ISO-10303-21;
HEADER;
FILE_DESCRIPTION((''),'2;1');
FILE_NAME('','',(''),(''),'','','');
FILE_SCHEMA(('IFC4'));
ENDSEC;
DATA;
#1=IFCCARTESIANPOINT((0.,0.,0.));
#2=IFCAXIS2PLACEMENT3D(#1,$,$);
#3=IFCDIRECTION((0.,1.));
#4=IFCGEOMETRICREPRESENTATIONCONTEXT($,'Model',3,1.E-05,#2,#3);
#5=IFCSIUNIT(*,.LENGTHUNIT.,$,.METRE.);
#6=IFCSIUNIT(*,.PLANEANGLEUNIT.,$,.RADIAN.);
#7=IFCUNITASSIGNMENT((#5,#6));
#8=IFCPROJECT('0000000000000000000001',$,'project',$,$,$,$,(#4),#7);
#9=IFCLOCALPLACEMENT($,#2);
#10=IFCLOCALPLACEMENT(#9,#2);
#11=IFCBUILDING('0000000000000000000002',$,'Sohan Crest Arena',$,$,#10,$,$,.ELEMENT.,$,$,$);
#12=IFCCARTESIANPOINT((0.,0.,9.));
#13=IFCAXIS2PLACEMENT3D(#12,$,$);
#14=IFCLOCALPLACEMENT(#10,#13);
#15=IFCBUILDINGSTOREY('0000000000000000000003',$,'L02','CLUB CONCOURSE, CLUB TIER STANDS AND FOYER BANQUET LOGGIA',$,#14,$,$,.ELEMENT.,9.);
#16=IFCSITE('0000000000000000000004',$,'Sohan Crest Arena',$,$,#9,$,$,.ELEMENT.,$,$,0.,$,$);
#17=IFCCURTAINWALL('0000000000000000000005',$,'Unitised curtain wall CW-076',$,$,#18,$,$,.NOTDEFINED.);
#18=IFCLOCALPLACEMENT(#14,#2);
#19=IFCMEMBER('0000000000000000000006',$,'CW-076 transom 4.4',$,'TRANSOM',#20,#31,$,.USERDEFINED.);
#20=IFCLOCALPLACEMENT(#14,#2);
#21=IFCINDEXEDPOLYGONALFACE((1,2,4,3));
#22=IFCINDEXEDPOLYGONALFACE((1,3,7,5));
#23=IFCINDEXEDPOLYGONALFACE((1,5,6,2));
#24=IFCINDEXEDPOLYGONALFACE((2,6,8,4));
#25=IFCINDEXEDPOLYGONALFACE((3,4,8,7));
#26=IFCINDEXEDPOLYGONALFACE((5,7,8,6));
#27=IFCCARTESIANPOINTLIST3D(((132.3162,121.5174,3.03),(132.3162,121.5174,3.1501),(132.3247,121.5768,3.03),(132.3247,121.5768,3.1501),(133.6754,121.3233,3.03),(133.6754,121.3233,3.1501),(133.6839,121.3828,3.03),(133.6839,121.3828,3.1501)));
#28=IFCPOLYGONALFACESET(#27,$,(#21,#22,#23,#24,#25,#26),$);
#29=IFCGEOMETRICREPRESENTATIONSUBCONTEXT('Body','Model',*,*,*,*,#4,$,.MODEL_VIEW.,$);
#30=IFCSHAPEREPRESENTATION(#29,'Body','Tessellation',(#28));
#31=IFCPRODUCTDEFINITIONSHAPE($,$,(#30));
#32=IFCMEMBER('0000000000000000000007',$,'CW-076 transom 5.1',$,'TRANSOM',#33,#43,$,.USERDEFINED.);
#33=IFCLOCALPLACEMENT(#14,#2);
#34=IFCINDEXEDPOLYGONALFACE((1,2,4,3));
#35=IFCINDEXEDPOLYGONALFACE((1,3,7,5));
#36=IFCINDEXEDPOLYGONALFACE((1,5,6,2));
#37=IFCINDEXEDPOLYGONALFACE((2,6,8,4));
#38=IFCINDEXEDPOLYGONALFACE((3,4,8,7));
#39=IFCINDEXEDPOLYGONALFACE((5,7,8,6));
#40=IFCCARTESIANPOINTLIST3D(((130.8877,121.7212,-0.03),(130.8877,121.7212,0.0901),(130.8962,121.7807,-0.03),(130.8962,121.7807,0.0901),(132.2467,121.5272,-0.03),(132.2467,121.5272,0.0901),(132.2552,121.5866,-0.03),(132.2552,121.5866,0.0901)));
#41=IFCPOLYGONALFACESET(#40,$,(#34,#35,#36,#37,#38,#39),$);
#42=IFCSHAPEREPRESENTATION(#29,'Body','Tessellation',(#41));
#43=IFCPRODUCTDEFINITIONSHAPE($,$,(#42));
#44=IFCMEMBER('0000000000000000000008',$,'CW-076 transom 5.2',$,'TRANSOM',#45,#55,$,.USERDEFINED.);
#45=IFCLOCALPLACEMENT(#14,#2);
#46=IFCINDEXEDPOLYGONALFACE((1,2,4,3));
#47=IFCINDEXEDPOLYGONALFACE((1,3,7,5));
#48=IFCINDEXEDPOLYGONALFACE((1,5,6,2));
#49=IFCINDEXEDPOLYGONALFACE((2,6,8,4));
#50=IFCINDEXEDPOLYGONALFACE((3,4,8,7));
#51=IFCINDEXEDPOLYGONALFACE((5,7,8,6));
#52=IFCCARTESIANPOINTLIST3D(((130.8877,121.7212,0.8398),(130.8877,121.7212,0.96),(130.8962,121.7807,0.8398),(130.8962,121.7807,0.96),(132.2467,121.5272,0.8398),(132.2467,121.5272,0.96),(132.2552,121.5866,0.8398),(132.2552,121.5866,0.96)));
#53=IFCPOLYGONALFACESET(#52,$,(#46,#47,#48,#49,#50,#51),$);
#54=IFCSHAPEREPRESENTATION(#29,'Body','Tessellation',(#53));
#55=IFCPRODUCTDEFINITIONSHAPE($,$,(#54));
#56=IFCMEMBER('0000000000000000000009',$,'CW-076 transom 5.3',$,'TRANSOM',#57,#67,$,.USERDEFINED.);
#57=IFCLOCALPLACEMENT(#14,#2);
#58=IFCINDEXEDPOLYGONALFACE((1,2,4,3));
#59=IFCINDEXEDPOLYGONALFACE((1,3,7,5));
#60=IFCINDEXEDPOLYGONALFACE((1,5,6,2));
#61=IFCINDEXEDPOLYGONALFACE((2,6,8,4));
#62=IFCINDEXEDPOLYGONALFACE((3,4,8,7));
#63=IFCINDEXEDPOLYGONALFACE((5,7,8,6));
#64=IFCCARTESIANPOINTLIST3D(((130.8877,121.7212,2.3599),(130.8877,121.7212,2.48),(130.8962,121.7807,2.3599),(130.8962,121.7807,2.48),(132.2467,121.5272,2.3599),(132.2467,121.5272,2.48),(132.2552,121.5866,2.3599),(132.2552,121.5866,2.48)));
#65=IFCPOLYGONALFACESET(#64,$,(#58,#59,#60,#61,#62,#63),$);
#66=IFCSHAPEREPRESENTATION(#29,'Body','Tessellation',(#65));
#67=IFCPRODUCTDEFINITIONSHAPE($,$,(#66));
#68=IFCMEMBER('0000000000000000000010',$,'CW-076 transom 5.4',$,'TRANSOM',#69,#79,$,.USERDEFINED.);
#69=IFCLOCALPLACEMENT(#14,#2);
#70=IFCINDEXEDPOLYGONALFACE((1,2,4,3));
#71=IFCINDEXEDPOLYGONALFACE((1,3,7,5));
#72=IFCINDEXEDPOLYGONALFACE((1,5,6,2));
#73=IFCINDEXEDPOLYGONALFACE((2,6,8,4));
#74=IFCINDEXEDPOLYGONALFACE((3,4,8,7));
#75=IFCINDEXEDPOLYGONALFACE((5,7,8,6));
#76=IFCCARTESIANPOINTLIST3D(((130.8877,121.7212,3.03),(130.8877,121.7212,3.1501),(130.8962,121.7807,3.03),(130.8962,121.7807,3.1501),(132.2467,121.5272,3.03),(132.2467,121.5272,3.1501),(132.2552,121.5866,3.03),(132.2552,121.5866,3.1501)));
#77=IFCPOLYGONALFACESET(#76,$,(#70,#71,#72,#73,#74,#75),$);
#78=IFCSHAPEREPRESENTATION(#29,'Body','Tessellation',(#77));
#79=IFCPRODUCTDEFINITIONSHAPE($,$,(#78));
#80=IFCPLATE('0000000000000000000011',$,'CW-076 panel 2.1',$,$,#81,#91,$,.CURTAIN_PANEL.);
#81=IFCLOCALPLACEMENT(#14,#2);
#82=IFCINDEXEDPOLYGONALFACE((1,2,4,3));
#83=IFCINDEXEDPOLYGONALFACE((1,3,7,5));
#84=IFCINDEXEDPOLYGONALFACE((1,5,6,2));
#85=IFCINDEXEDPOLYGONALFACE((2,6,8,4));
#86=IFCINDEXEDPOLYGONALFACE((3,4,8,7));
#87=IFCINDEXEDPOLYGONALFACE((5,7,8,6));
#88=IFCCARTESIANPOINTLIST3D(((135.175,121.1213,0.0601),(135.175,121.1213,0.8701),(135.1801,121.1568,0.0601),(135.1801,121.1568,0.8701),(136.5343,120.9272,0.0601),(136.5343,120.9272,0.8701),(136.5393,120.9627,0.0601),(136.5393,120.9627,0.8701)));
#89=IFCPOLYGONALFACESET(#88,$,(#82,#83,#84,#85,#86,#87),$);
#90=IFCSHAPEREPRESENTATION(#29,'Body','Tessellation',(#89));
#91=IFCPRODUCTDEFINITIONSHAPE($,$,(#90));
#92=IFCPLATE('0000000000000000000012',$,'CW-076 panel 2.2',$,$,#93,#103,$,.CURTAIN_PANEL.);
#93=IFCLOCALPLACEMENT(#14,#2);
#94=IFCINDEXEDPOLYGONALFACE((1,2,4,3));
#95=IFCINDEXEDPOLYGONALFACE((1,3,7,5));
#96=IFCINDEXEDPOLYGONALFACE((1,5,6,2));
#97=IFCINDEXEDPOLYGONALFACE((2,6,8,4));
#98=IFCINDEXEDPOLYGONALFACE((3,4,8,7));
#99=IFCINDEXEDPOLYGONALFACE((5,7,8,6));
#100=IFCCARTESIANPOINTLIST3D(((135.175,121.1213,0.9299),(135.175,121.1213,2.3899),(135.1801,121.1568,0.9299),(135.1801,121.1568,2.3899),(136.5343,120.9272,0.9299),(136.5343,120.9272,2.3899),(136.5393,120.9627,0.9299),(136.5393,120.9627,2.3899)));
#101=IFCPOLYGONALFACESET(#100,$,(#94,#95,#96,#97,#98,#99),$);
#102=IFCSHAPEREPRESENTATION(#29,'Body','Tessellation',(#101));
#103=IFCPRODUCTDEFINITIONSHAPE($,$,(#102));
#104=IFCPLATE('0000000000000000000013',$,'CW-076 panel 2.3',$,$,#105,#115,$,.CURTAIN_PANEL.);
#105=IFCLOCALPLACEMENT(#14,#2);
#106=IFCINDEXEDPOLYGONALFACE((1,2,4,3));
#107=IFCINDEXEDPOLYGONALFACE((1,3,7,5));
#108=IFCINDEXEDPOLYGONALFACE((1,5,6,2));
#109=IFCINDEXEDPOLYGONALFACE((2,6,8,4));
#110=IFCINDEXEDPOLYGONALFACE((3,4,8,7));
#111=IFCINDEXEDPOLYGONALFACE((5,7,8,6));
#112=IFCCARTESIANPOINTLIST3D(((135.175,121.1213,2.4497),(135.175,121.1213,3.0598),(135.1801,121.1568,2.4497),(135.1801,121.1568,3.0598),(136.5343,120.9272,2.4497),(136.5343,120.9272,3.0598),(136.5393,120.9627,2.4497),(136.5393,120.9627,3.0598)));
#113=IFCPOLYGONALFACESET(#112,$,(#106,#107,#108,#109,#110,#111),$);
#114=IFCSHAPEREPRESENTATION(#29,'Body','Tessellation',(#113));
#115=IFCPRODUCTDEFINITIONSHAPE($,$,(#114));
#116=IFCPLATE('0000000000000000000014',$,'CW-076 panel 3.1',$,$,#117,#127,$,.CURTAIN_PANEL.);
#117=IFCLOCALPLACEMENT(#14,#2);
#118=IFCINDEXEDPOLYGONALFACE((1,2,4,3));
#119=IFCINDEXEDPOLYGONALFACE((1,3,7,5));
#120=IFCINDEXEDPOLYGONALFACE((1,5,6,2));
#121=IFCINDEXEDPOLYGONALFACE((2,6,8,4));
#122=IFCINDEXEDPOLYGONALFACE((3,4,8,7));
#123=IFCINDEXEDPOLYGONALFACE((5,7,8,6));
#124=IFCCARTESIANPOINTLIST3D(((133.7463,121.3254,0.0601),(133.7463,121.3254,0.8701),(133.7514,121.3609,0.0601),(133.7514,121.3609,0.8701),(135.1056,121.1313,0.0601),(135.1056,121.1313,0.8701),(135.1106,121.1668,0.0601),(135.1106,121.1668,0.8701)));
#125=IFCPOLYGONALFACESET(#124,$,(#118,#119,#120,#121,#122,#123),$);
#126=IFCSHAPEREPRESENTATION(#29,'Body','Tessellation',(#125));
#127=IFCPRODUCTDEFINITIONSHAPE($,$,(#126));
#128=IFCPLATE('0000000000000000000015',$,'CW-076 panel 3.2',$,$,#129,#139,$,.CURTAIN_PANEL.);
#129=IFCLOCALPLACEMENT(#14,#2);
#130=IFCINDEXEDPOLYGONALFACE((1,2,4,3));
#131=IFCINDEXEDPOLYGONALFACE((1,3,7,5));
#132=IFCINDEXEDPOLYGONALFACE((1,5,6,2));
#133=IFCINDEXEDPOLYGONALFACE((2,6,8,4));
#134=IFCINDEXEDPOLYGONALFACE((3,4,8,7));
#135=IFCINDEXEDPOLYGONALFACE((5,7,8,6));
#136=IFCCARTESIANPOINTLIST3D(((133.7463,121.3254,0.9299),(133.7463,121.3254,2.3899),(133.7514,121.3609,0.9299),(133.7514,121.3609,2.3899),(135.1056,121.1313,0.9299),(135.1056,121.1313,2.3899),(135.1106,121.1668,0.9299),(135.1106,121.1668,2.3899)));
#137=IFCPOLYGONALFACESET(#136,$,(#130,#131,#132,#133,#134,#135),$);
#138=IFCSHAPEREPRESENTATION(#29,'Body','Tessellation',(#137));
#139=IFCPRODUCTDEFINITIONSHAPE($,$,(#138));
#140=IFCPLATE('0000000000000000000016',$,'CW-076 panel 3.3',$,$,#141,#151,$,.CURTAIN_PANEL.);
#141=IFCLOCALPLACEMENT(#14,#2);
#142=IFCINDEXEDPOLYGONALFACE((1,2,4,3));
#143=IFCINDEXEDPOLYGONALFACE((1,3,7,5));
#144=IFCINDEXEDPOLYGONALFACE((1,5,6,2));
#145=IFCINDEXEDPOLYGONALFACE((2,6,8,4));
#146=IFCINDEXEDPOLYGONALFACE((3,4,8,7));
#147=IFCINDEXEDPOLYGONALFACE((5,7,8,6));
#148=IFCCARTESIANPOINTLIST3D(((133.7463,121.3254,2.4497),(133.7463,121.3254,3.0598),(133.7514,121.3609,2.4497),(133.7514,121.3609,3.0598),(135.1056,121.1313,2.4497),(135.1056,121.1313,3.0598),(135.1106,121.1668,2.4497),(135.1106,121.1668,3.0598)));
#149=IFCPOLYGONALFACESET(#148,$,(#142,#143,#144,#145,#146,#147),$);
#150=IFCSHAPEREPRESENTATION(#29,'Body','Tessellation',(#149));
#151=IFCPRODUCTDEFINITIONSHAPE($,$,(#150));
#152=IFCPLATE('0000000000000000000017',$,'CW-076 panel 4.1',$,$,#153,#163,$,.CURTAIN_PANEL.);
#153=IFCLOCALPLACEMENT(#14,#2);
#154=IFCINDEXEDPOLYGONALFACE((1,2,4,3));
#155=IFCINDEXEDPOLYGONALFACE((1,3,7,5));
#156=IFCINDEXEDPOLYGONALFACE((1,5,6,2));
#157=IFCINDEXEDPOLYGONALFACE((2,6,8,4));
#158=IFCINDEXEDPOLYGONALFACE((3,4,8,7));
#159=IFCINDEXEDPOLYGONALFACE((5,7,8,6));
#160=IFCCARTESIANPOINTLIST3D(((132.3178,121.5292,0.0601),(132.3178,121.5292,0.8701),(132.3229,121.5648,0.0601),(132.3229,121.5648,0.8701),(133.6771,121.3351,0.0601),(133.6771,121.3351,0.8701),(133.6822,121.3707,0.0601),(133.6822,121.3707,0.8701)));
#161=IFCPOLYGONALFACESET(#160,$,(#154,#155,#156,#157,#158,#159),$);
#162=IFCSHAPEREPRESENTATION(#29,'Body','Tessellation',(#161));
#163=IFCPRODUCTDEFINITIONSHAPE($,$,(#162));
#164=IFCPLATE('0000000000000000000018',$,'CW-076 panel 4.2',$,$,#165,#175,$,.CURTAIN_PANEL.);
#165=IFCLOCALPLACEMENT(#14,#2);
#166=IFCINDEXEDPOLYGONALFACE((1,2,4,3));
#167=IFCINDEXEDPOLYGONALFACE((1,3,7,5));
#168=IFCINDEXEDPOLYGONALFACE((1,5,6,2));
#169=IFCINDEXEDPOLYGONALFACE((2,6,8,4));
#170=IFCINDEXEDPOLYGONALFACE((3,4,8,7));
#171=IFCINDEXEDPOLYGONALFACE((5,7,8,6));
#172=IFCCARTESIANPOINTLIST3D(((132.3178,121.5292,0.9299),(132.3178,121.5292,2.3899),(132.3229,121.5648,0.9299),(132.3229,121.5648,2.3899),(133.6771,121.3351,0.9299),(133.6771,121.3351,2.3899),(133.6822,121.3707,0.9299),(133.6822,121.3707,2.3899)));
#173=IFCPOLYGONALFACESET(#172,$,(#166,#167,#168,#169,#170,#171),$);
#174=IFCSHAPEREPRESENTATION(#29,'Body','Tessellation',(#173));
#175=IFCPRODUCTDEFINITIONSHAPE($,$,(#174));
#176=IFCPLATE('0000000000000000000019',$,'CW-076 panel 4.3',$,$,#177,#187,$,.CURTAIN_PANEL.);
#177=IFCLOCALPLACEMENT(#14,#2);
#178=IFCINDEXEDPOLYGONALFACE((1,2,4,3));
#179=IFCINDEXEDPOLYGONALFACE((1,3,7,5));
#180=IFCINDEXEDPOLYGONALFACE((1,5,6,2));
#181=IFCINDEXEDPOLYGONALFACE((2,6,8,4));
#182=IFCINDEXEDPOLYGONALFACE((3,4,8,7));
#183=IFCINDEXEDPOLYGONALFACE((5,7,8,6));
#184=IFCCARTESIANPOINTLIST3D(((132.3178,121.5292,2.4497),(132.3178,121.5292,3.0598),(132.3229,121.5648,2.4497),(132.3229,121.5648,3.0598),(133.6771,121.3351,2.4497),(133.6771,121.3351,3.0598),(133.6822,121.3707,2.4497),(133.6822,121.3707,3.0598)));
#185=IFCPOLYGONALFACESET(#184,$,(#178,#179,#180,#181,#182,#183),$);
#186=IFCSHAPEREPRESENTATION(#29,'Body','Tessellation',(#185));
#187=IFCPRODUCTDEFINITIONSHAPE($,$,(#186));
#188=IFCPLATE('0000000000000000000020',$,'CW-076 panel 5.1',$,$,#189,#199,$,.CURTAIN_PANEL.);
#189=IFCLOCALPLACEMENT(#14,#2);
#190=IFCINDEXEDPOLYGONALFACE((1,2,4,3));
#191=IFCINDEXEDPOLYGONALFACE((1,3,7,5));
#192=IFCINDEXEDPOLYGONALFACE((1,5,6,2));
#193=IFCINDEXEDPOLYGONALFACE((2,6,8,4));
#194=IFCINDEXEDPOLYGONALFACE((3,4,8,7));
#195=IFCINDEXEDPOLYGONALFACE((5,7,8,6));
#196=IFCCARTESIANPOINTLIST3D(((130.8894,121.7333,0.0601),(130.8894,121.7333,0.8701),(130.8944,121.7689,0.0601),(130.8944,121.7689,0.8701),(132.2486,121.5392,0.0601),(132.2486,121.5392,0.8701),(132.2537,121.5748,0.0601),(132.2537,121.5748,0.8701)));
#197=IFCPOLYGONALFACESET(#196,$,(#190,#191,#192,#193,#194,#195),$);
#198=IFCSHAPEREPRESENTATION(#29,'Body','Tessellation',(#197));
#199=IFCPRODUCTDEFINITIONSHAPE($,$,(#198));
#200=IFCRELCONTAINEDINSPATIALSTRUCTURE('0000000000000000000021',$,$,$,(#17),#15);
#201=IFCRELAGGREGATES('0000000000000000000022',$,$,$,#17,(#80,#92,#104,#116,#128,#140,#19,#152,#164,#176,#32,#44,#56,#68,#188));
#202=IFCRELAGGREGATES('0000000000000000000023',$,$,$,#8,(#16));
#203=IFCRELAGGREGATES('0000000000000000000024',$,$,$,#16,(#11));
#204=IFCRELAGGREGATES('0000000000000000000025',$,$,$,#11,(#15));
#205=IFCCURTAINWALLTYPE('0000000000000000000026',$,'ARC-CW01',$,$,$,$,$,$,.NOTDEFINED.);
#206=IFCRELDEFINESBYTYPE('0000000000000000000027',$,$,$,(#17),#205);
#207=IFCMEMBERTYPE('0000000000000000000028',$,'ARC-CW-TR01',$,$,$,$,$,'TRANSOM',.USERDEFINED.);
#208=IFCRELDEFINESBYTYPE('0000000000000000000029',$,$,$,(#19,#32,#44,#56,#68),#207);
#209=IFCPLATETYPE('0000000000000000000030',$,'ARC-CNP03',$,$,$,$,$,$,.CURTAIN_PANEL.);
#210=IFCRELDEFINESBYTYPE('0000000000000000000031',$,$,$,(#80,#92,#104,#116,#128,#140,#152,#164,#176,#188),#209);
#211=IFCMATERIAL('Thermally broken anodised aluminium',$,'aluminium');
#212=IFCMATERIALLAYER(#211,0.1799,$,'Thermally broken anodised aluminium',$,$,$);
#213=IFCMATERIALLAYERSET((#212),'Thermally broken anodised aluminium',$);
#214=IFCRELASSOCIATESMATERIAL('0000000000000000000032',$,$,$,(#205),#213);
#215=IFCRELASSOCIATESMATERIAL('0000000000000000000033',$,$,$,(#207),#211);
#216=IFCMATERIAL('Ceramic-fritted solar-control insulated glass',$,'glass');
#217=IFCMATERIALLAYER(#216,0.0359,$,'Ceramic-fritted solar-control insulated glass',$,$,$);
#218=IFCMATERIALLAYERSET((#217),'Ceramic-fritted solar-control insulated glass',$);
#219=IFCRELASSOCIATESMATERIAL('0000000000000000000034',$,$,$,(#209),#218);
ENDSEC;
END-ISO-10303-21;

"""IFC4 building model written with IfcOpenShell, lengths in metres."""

from ifc_helpers import new_model, si_unit, direction, frame, origin, origin_2d, place, context, subcontext, project, spatial, rectangle, extrude, material, layer, layer_set, material_profile, profile_set, type_object, element, aggregate, save


model = new_model("IFC4")

# Units and contexts
model_context = context("Model", 3, precision=1e-05, world=origin(), true_north=direction((0.0, 1.0)))
body_context = subcontext(model_context, "Body", "Model", "MODEL_VIEW")
ifc_project = project(units=[si_unit("LENGTHUNIT", "METRE"), si_unit("PLANEANGLEUNIT", "RADIAN")], contexts=[model_context])

# Site, building, storey
site_placement = place(None, origin())
site = spatial("IfcSite", under=ifc_project, at=site_placement, Name="Sohan Crest Arena", CompositionType="ELEMENT", RefElevation=0.0)
building_placement = place(site_placement, origin())
building = spatial("IfcBuilding", under=site, at=building_placement, Name="Sohan Crest Arena", CompositionType="ELEMENT")
storey_placement = place(building_placement, frame((0.0, 0.0, 9.0)))
storey = spatial("IfcBuildingStorey", under=building, at=storey_placement, Name="L02", Description="CLUB CONCOURSE, CLUB TIER STANDS AND FOYER BANQUET LOGGIA", CompositionType="ELEMENT", Elevation=9.0)

# Curtain wall, members, plates
ifc_material_1 = material(Name="Thermally broken anodised aluminium", Category="aluminium")
ifc_layer_1 = layer(ifc_material_1, 0.1799, Name="Thermally broken anodised aluminium")
ifc_layer_set_1 = layer_set([ifc_layer_1], Name="Thermally broken anodised aluminium")
curtain_wall_type = type_object("IfcCurtainWallType", Name="ARC-CW01", PredefinedType="NOTDEFINED", material=ifc_layer_set_1)
curtain_wall_placement = place(storey_placement, origin())
curtain_wall = element("IfcCurtainWall", 1, at=curtain_wall_placement, inside=storey, type_object=curtain_wall_type, Name="Unitised curtain wall CW-076", PredefinedType="NOTDEFINED")
ifc_material_profile_1 = material_profile(ifc_material_1, rectangle(XDim=0.0601, YDim=0.1201, at=origin_2d()), Name="ALU-TRAN 60x120")
ifc_profile_set_1 = profile_set([ifc_material_profile_1], Name="Thermally broken anodised aluminium")
member_type_1 = type_object("IfcMemberType", Name="ARC-CW-TR01", ElementType="TRANSOM", PredefinedType="USERDEFINED", material=ifc_profile_set_1)
member_1_placement = place(storey_placement, frame((133.6797, 121.353, 3.0901), z_axis=(-0.98996, 0.141347, 0.0), x_axis=(-0.141347, -0.98996, 0.0)))
member_1 = element("IfcMember", 2, at=member_1_placement, type_object=member_type_1, Name="CW-076 transom 4.4", ObjectType="TRANSOM", PredefinedType="USERDEFINED", context=body_context, shape_type="SweptSolid", body=[
    extrude(rectangle(XDim=0.0601, YDim=0.1201, at=origin_2d()), origin(), (0.0, 0.0, 1.0), 1.373),
])
member_2_placement = place(storey_placement, frame((132.251, 121.5569, 0.03), z_axis=(-0.989957, 0.141372, 0.0), x_axis=(-0.141372, -0.989957, 0.0)))
member_2 = element("IfcMember", 3, at=member_2_placement, type_object=member_type_1, Name="CW-076 transom 5.1", ObjectType="TRANSOM", PredefinedType="USERDEFINED", context=body_context, shape_type="SweptSolid", body=[
    extrude(rectangle(XDim=0.0601, YDim=0.1201, at=origin_2d()), origin(), (0.0, 0.0, 1.0), 1.3728),
])
member_3_placement = place(storey_placement, frame((132.251, 121.5569, 0.8999), z_axis=(-0.989957, 0.141372, 0.0), x_axis=(-0.141372, -0.989957, 0.0)))
member_3 = element("IfcMember", 4, at=member_3_placement, type_object=member_type_1, Name="CW-076 transom 5.2", ObjectType="TRANSOM", PredefinedType="USERDEFINED", context=body_context, shape_type="SweptSolid", body=[
    extrude(rectangle(XDim=0.0601, YDim=0.1201, at=origin_2d()), origin(), (0.0, 0.0, 1.0), 1.3728),
])
member_4_placement = place(storey_placement, frame((132.251, 121.5569, 2.4199), z_axis=(-0.989957, 0.141372, 0.0), x_axis=(-0.141372, -0.989957, 0.0)))
member_4 = element("IfcMember", 5, at=member_4_placement, type_object=member_type_1, Name="CW-076 transom 5.3", ObjectType="TRANSOM", PredefinedType="USERDEFINED", context=body_context, shape_type="SweptSolid", body=[
    extrude(rectangle(XDim=0.0601, YDim=0.1201, at=origin_2d()), origin(), (0.0, 0.0, 1.0), 1.3728),
])
member_5_placement = place(storey_placement, frame((132.251, 121.5569, 3.0901), z_axis=(-0.989957, 0.141372, 0.0), x_axis=(-0.141372, -0.989957, 0.0)))
member_5 = element("IfcMember", 6, at=member_5_placement, type_object=member_type_1, Name="CW-076 transom 5.4", ObjectType="TRANSOM", PredefinedType="USERDEFINED", context=body_context, shape_type="SweptSolid", body=[
    extrude(rectangle(XDim=0.0601, YDim=0.1201, at=origin_2d()), origin(), (0.0, 0.0, 1.0), 1.3728),
])
ifc_material_2 = material(Name="Ceramic-fritted solar-control insulated glass", Category="glass")
ifc_layer_2 = layer(ifc_material_2, 0.0359, Name="Ceramic-fritted solar-control insulated glass")
ifc_layer_set_2 = layer_set([ifc_layer_2], Name="Ceramic-fritted solar-control insulated glass")
plate_type = type_object("IfcPlateType", Name="ARC-CNP03", PredefinedType="CURTAIN_PANEL", material=ifc_layer_set_2)
plate_1_placement = place(storey_placement, frame((135.8572, 121.042, 0.0601), z_axis=(0.0, 0.0, 1.0), x_axis=(-0.989957, 0.141366, 0.0)))
plate_1 = element("IfcPlate", 7, at=plate_1_placement, type_object=plate_type, Name="CW-076 panel 2.1", PredefinedType="CURTAIN_PANEL", context=body_context, shape_type="SweptSolid", body=[
    extrude(rectangle(XDim=1.373, YDim=0.0359, at=origin_2d()), origin(), (0.0, 0.0, 1.0), 0.8101),
])
plate_2_placement = place(storey_placement, frame((135.8572, 121.042, 0.9299), z_axis=(0.0, 0.0, 1.0), x_axis=(-0.989957, 0.141366, 0.0)))
plate_2 = element("IfcPlate", 8, at=plate_2_placement, type_object=plate_type, Name="CW-076 panel 2.2", PredefinedType="CURTAIN_PANEL", context=body_context, shape_type="SweptSolid", body=[
    extrude(rectangle(XDim=1.373, YDim=0.0359, at=origin_2d()), origin(), (0.0, 0.0, 1.0), 1.46),
])
plate_3_placement = place(storey_placement, frame((135.8572, 121.042, 2.4497), z_axis=(0.0, 0.0, 1.0), x_axis=(-0.989957, 0.141366, 0.0)))
plate_3 = element("IfcPlate", 9, at=plate_3_placement, type_object=plate_type, Name="CW-076 panel 2.3", PredefinedType="CURTAIN_PANEL", context=body_context, shape_type="SweptSolid", body=[
    extrude(rectangle(XDim=1.373, YDim=0.0359, at=origin_2d()), origin(), (0.0, 0.0, 1.0), 0.6101),
])
plate_4_placement = place(storey_placement, frame((134.4285, 121.2461, 0.0601), z_axis=(0.0, 0.0, 1.0), x_axis=(-0.989957, 0.141366, 0.0)))
plate_4 = element("IfcPlate", 10, at=plate_4_placement, type_object=plate_type, Name="CW-076 panel 3.1", PredefinedType="CURTAIN_PANEL", context=body_context, shape_type="SweptSolid", body=[
    extrude(rectangle(XDim=1.373, YDim=0.0359, at=origin_2d()), origin(), (0.0, 0.0, 1.0), 0.8101),
])
plate_5_placement = place(storey_placement, frame((134.4285, 121.2461, 0.9299), z_axis=(0.0, 0.0, 1.0), x_axis=(-0.989957, 0.141366, 0.0)))
plate_5 = element("IfcPlate", 11, at=plate_5_placement, type_object=plate_type, Name="CW-076 panel 3.2", PredefinedType="CURTAIN_PANEL", context=body_context, shape_type="SweptSolid", body=[
    extrude(rectangle(XDim=1.373, YDim=0.0359, at=origin_2d()), origin(), (0.0, 0.0, 1.0), 1.46),
])
plate_6_placement = place(storey_placement, frame((134.4285, 121.2461, 2.4497), z_axis=(0.0, 0.0, 1.0), x_axis=(-0.989957, 0.141366, 0.0)))
plate_6 = element("IfcPlate", 12, at=plate_6_placement, type_object=plate_type, Name="CW-076 panel 3.3", PredefinedType="CURTAIN_PANEL", context=body_context, shape_type="SweptSolid", body=[
    extrude(rectangle(XDim=1.373, YDim=0.0359, at=origin_2d()), origin(), (0.0, 0.0, 1.0), 0.6101),
])
plate_7_placement = place(storey_placement, frame((133.0, 121.45, 0.0601), z_axis=(0.0, 0.0, 1.0), x_axis=(-0.989957, 0.141366, 0.0)))
plate_7 = element("IfcPlate", 13, at=plate_7_placement, type_object=plate_type, Name="CW-076 panel 4.1", PredefinedType="CURTAIN_PANEL", context=body_context, shape_type="SweptSolid", body=[
    extrude(rectangle(XDim=1.373, YDim=0.0359, at=origin_2d()), origin(), (0.0, 0.0, 1.0), 0.8101),
])
plate_8_placement = place(storey_placement, frame((133.0, 121.45, 0.9299), z_axis=(0.0, 0.0, 1.0), x_axis=(-0.989957, 0.141366, 0.0)))
plate_8 = element("IfcPlate", 14, at=plate_8_placement, type_object=plate_type, Name="CW-076 panel 4.2", PredefinedType="CURTAIN_PANEL", context=body_context, shape_type="SweptSolid", body=[
    extrude(rectangle(XDim=1.373, YDim=0.0359, at=origin_2d()), origin(), (0.0, 0.0, 1.0), 1.46),
])
plate_9_placement = place(storey_placement, frame((133.0, 121.45, 2.4497), z_axis=(0.0, 0.0, 1.0), x_axis=(-0.989957, 0.141366, 0.0)))
plate_9 = element("IfcPlate", 15, at=plate_9_placement, type_object=plate_type, Name="CW-076 panel 4.3", PredefinedType="CURTAIN_PANEL", context=body_context, shape_type="SweptSolid", body=[
    extrude(rectangle(XDim=1.373, YDim=0.0359, at=origin_2d()), origin(), (0.0, 0.0, 1.0), 0.6101),
])
plate_10_placement = place(storey_placement, frame((131.5715, 121.6541, 0.0601), z_axis=(0.0, 0.0, 1.0), x_axis=(-0.989957, 0.141366, 0.0)))
plate_10 = element("IfcPlate", 16, at=plate_10_placement, type_object=plate_type, Name="CW-076 panel 5.1", PredefinedType="CURTAIN_PANEL", context=body_context, shape_type="SweptSolid", body=[
    extrude(rectangle(XDim=1.373, YDim=0.0359, at=origin_2d()), origin(), (0.0, 0.0, 1.0), 0.8101),
])
aggregate(curtain_wall, [plate_1, plate_2, plate_3, plate_4, plate_5, plate_6, member_1, plate_7, plate_8, plate_9, member_2, member_3, member_4, member_5, plate_10])

save(model, "model.ifc")
